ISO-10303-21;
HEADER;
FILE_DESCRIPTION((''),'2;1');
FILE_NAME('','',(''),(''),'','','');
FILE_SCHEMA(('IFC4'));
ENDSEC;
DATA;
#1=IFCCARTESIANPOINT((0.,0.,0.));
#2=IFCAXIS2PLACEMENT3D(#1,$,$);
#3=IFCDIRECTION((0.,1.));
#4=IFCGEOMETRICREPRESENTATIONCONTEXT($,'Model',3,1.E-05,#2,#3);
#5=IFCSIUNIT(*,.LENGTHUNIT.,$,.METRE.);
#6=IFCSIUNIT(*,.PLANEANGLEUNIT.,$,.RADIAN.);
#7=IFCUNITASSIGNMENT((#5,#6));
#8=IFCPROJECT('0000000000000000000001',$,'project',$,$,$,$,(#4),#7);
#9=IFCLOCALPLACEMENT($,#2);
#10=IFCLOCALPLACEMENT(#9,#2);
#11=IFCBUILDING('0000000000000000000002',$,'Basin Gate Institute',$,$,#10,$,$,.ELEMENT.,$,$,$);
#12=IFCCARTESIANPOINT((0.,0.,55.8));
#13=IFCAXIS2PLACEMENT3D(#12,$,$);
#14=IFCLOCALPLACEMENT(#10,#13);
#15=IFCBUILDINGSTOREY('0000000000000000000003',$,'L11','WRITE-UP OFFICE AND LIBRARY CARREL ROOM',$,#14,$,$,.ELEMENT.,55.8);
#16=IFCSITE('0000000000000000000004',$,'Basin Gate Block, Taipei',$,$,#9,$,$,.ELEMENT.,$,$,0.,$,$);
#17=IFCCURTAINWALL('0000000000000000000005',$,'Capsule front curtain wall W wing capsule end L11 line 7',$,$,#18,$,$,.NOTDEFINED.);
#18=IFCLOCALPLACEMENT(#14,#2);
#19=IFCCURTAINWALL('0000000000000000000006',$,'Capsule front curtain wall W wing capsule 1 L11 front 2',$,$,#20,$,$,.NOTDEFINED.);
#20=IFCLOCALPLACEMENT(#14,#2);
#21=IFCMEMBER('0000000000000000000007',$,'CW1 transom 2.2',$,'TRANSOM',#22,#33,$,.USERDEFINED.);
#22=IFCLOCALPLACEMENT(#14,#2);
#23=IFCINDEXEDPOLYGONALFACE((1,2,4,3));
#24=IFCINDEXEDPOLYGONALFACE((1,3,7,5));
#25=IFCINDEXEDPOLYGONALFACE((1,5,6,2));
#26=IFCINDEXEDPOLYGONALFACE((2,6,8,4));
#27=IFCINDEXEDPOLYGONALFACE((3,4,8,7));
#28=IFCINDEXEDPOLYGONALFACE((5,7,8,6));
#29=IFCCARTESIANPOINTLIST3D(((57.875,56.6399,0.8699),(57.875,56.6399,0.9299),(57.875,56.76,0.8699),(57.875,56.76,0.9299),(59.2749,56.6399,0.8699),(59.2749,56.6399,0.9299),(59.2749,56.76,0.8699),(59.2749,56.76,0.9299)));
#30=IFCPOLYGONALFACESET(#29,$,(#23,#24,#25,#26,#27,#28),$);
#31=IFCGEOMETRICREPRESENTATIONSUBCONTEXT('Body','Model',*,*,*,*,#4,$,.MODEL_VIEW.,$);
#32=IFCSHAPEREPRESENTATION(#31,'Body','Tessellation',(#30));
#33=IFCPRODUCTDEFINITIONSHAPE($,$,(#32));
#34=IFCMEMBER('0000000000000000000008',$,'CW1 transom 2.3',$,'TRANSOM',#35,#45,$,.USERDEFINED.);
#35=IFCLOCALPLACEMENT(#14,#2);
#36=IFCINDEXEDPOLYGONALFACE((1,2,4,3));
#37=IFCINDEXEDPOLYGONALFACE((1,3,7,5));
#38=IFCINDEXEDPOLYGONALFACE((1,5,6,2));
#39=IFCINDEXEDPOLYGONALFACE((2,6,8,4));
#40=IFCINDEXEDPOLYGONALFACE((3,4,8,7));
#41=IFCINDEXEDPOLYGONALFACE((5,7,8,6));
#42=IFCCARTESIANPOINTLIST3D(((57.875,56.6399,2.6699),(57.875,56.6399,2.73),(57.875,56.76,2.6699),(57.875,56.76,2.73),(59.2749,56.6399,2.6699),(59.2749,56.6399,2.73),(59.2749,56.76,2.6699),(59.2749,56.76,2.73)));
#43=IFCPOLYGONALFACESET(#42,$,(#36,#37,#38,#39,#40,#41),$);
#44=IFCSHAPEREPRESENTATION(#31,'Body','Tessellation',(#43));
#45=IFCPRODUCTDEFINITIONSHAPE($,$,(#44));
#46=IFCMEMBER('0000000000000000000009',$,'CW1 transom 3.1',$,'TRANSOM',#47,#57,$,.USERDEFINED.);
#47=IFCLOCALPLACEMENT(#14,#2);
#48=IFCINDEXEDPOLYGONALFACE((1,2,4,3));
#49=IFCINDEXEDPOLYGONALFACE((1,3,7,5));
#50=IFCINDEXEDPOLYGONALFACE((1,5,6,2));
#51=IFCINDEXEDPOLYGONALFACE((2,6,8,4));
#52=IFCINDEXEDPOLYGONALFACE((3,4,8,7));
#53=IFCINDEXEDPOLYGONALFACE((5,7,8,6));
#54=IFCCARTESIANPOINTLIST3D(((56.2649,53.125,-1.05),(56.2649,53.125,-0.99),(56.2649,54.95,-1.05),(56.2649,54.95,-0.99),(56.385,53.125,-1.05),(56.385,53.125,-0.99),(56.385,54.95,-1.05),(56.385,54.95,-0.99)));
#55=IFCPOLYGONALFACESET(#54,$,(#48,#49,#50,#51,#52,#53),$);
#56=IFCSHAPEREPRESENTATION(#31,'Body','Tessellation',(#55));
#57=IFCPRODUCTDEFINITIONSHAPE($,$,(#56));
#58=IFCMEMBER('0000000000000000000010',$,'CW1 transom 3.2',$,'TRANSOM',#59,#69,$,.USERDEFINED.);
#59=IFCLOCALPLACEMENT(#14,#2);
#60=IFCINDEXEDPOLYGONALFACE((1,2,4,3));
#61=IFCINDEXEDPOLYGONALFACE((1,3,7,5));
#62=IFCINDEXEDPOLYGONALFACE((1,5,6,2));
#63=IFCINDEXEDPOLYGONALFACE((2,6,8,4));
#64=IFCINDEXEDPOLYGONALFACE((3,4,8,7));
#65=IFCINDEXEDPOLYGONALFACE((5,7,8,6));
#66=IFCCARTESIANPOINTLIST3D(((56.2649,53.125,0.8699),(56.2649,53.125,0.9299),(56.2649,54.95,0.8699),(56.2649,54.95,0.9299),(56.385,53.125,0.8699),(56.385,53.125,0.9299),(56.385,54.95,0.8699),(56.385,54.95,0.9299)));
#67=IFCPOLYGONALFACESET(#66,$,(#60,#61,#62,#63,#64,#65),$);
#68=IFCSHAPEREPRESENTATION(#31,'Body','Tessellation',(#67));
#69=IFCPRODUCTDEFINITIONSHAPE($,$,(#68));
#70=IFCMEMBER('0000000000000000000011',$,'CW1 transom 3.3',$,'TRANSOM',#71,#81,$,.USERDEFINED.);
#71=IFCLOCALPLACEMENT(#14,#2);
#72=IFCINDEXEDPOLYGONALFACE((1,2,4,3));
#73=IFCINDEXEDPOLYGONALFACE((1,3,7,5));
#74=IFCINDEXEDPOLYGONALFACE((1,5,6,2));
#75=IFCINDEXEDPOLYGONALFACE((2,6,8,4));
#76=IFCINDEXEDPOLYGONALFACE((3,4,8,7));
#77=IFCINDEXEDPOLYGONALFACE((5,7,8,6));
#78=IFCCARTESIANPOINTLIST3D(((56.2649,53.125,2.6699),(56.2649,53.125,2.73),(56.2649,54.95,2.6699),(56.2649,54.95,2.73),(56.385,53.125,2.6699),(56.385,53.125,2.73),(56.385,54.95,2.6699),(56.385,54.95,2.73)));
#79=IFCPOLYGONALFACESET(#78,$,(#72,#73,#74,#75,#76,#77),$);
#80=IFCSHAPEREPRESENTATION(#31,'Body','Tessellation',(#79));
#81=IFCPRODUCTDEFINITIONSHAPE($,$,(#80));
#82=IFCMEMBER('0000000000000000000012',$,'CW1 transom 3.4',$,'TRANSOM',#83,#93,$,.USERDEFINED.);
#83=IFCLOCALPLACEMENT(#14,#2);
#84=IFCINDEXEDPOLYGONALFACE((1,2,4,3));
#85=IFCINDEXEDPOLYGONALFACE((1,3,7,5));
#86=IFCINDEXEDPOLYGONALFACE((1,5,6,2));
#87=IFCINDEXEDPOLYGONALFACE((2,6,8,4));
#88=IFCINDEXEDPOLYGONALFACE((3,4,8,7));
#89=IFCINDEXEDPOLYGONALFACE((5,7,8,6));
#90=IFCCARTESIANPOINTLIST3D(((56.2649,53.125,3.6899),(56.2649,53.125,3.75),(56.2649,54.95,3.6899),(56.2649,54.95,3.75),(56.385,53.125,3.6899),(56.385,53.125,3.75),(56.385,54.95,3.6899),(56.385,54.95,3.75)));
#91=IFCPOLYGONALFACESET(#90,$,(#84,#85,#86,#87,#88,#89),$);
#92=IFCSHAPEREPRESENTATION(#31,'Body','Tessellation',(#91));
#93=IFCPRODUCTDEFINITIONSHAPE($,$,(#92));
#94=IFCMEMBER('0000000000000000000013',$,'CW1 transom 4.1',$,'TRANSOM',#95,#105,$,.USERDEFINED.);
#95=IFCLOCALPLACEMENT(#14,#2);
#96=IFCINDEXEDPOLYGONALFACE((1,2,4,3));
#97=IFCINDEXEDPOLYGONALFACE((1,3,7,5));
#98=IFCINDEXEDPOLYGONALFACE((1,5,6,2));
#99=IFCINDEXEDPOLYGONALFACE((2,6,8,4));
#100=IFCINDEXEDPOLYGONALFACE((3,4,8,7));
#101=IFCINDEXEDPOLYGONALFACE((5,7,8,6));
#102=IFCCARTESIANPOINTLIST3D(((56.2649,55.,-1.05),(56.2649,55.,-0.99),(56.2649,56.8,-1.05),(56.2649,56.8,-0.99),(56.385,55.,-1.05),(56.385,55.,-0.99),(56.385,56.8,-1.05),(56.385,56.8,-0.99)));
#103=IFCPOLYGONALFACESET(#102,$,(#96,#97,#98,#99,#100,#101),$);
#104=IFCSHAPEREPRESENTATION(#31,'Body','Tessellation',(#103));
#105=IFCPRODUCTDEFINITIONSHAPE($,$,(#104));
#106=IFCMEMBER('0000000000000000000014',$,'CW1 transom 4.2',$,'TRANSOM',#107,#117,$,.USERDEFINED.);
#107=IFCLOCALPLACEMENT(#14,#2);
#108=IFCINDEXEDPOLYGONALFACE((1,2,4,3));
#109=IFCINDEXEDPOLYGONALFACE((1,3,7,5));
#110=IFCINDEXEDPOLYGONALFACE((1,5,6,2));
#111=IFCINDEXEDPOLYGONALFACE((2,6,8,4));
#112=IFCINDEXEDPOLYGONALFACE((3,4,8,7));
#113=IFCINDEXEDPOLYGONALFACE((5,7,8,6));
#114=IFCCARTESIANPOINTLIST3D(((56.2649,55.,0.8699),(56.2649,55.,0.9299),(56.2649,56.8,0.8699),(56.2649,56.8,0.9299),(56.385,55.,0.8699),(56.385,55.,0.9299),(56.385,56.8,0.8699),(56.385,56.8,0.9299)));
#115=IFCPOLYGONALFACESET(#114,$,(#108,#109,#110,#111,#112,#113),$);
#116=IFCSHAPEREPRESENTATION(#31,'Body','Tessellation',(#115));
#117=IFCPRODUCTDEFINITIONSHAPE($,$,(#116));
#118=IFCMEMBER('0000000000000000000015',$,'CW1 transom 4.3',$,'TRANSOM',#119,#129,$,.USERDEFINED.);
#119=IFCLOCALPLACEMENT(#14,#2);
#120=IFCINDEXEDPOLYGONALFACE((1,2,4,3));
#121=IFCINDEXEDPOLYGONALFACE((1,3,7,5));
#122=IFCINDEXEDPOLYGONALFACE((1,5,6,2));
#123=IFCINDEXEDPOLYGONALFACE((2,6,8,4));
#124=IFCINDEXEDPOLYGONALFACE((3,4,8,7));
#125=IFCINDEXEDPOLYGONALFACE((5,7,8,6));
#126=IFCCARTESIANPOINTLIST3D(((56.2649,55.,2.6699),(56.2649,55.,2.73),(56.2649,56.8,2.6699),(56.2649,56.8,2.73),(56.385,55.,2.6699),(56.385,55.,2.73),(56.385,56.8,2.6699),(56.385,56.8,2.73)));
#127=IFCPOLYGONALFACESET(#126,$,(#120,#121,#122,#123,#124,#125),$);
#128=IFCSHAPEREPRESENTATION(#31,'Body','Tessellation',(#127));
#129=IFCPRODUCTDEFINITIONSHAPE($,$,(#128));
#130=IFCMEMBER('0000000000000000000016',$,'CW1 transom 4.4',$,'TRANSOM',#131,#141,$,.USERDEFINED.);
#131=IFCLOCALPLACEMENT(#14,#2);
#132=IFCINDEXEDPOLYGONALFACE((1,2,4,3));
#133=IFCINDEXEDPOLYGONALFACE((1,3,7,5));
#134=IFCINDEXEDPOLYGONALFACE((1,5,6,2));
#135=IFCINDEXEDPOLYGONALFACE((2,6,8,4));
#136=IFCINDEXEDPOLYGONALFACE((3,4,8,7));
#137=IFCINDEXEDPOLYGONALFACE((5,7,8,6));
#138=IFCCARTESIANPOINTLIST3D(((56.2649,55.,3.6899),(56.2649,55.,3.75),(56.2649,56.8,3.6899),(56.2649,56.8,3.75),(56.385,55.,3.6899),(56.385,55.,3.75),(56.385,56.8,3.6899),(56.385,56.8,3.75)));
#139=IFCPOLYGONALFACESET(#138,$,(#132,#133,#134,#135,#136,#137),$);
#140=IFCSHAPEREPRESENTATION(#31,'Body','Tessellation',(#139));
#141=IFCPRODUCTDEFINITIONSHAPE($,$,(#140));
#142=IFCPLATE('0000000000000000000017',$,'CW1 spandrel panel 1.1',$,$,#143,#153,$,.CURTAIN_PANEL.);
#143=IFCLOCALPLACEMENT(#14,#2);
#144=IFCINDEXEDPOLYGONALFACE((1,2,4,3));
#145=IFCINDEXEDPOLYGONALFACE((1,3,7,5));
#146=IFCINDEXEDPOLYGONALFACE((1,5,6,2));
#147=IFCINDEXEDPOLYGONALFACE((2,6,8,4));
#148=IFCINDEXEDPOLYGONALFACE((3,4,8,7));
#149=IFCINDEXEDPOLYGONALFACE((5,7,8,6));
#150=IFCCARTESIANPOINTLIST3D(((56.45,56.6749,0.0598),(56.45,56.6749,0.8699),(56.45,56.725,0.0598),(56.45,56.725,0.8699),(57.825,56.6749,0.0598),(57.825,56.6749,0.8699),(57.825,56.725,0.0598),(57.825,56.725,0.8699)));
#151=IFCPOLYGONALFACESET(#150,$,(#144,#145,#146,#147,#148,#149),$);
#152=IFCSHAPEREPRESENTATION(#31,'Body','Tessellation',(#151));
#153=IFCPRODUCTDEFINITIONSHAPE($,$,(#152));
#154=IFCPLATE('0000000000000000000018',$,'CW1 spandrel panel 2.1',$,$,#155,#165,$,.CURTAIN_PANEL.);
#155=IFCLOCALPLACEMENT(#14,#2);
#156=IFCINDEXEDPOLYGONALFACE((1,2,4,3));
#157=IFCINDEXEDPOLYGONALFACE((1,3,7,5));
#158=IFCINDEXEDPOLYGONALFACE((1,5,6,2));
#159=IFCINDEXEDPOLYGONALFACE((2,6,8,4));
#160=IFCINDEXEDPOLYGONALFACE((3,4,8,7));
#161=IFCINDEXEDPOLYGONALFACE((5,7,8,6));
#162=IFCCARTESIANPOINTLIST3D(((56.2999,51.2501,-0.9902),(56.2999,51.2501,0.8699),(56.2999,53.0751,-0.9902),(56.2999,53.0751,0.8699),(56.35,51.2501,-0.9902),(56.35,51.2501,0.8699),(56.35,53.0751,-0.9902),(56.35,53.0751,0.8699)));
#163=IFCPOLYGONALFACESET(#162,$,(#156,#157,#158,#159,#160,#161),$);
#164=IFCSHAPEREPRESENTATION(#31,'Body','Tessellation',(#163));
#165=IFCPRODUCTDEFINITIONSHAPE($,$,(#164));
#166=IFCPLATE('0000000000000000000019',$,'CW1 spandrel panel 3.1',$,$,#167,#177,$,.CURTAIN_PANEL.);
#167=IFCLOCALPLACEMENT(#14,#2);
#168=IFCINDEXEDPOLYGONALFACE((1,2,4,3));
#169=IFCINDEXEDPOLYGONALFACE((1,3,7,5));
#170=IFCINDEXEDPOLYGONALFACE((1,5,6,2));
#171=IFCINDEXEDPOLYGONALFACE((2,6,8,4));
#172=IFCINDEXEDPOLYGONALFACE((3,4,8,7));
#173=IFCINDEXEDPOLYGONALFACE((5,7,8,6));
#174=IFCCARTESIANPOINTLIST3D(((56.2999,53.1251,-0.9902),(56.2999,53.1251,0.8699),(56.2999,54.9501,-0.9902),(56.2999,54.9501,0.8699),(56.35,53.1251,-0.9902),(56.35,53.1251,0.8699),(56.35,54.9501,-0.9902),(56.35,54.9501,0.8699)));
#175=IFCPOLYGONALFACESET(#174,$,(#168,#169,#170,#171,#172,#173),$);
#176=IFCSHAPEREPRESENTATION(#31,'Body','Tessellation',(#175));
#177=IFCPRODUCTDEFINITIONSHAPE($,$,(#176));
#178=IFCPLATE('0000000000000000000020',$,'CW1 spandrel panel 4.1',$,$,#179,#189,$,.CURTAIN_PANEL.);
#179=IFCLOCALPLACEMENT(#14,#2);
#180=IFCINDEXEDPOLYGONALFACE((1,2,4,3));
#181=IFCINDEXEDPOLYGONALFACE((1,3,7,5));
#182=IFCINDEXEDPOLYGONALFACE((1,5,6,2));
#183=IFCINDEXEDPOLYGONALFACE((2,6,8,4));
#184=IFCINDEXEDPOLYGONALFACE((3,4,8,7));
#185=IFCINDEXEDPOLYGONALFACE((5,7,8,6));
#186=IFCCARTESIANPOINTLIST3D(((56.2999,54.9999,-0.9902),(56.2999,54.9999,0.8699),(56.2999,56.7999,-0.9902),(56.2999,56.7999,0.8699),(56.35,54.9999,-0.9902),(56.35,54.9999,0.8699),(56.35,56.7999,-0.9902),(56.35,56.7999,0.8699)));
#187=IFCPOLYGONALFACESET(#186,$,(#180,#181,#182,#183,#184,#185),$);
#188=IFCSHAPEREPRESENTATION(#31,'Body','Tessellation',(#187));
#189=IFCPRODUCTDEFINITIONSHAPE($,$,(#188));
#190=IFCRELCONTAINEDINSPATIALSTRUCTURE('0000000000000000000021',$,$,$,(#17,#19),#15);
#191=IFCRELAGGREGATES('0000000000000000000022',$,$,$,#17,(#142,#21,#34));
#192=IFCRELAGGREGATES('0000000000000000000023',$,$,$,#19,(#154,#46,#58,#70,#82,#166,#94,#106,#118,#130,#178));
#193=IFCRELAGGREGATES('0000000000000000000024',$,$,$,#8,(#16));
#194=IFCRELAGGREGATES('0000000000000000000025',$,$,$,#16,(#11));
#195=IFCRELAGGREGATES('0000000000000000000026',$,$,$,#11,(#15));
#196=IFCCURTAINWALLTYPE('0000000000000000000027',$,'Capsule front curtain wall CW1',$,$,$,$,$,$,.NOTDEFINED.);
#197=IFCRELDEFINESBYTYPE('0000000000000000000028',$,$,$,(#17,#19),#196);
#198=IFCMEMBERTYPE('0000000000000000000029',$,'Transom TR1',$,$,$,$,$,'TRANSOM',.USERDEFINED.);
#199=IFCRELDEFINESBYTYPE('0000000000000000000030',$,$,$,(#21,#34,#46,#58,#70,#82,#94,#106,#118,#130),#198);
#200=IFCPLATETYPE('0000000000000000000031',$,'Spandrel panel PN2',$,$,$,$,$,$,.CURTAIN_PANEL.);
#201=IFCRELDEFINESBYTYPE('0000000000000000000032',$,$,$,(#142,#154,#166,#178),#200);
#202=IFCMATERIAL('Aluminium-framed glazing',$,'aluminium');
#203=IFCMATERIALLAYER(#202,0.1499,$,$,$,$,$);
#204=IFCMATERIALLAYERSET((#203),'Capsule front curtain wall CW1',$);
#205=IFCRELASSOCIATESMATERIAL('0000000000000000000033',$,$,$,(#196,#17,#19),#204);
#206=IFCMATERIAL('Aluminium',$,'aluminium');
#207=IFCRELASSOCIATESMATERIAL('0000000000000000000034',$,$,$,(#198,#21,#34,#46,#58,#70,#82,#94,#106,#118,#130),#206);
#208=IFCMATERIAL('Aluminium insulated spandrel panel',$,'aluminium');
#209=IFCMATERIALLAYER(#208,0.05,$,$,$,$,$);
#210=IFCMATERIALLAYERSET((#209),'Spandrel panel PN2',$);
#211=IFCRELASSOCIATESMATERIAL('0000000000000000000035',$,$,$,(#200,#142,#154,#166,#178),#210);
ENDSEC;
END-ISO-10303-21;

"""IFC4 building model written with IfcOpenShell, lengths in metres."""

from ifc_helpers import new_model, si_unit, direction, frame, origin, origin_2d, place, context, subcontext, project, spatial, rectangle, extrude, material, layer, layer_set, material_profile, profile_set, type_object, element, aggregate, save


model = new_model("IFC4")

# Units and contexts
model_context = context("Model", 3, precision=1e-05, world=origin(), true_north=direction((0.0, 1.0)))
body_context = subcontext(model_context, "Body", "Model", "MODEL_VIEW")
ifc_project = project(units=[si_unit("LENGTHUNIT", "METRE"), si_unit("PLANEANGLEUNIT", "RADIAN")], contexts=[model_context])

# Site, building, storey
site_placement = place(None, origin())
site = spatial("IfcSite", under=ifc_project, at=site_placement, Name="Basin Gate Block, Taipei", CompositionType="ELEMENT", RefElevation=0.0)
building_placement = place(site_placement, origin())
building = spatial("IfcBuilding", under=site, at=building_placement, Name="Basin Gate Institute", CompositionType="ELEMENT")
storey_placement = place(building_placement, frame((0.0, 0.0, 55.8)))
storey = spatial("IfcBuildingStorey", under=building, at=storey_placement, Name="L11", Description="WRITE-UP OFFICE AND LIBRARY CARREL ROOM", CompositionType="ELEMENT", Elevation=55.8)

# Curtain walls
ifc_material_1 = material(Name="Aluminium-framed glazing", Category="aluminium")
ifc_layer_1 = layer(ifc_material_1, 0.1499)
ifc_layer_set_1 = layer_set([ifc_layer_1], Name="Capsule front curtain wall CW1")
curtain_wall_type = type_object("IfcCurtainWallType", Name="Capsule front curtain wall CW1", PredefinedType="NOTDEFINED", material=ifc_layer_set_1)
curtain_wall_1_placement = place(storey_placement, origin())
curtain_wall_1 = element("IfcCurtainWall", 1, at=curtain_wall_1_placement, inside=storey, type_object=curtain_wall_type, material=ifc_layer_set_1, Name="Capsule front curtain wall W wing capsule end L11 line 7", PredefinedType="NOTDEFINED")
curtain_wall_2_placement = place(storey_placement, origin())
curtain_wall_2 = element("IfcCurtainWall", 2, at=curtain_wall_2_placement, inside=storey, type_object=curtain_wall_type, material=ifc_layer_set_1, Name="Capsule front curtain wall W wing capsule 1 L11 front 2", PredefinedType="NOTDEFINED")

# Members
ifc_material_2 = material(Name="Aluminium", Category="aluminium")
ifc_material_profile_1 = material_profile(ifc_material_2, rectangle(XDim=0.1201, YDim=0.0601, at=origin_2d()), Name="Transom TR1 120 x 60")
ifc_profile_set_1 = profile_set([ifc_material_profile_1], Name="Aluminium")
member_type_1 = type_object("IfcMemberType", Name="Transom TR1", ElementType="TRANSOM", PredefinedType="USERDEFINED", material=ifc_profile_set_1)
member_1_placement = place(storey_placement, frame((57.875, 56.7, 0.8999), z_axis=(1.0, 0.0, 0.0), x_axis=(0.0, 1.0, 0.0)))
member_1 = element("IfcMember", 3, at=member_1_placement, type_object=member_type_1, material=ifc_profile_set_1, Name="CW1 transom 2.2", ObjectType="TRANSOM", PredefinedType="USERDEFINED", context=body_context, shape_type="SweptSolid", body=[
    extrude(rectangle(XDim=0.1201, YDim=0.0601, at=origin_2d()), origin(), (0.0, 0.0, 1.0), 1.3999),
])
member_2_placement = place(storey_placement, frame((57.875, 56.7, 2.7), z_axis=(1.0, 0.0, 0.0), x_axis=(0.0, 1.0, 0.0)))
member_2 = element("IfcMember", 4, at=member_2_placement, type_object=member_type_1, material=ifc_profile_set_1, Name="CW1 transom 2.3", ObjectType="TRANSOM", PredefinedType="USERDEFINED", context=body_context, shape_type="SweptSolid", body=[
    extrude(rectangle(XDim=0.1201, YDim=0.0601, at=origin_2d()), origin(), (0.0, 0.0, 1.0), 1.3999),
])
member_3_placement = place(storey_placement, frame((56.325, 53.125, -1.02), z_axis=(0.0, 1.0, 0.0), x_axis=(-1.0, 0.0, 0.0)))
member_3 = element("IfcMember", 5, at=member_3_placement, type_object=member_type_1, material=ifc_profile_set_1, Name="CW1 transom 3.1", ObjectType="TRANSOM", PredefinedType="USERDEFINED", context=body_context, shape_type="SweptSolid", body=[
    extrude(rectangle(XDim=0.1201, YDim=0.0601, at=origin_2d()), origin(), (0.0, 0.0, 1.0), 1.825),
])
member_4_placement = place(storey_placement, frame((56.325, 53.125, 0.8999), z_axis=(0.0, 1.0, 0.0), x_axis=(-1.0, 0.0, 0.0)))
member_4 = element("IfcMember", 6, at=member_4_placement, type_object=member_type_1, material=ifc_profile_set_1, Name="CW1 transom 3.2", ObjectType="TRANSOM", PredefinedType="USERDEFINED", context=body_context, shape_type="SweptSolid", body=[
    extrude(rectangle(XDim=0.1201, YDim=0.0601, at=origin_2d()), origin(), (0.0, 0.0, 1.0), 1.825),
])
member_5_placement = place(storey_placement, frame((56.325, 53.125, 2.7), z_axis=(0.0, 1.0, 0.0), x_axis=(-1.0, 0.0, 0.0)))
member_5 = element("IfcMember", 7, at=member_5_placement, type_object=member_type_1, material=ifc_profile_set_1, Name="CW1 transom 3.3", ObjectType="TRANSOM", PredefinedType="USERDEFINED", context=body_context, shape_type="SweptSolid", body=[
    extrude(rectangle(XDim=0.1201, YDim=0.0601, at=origin_2d()), origin(), (0.0, 0.0, 1.0), 1.825),
])
member_6_placement = place(storey_placement, frame((56.325, 53.125, 3.72), z_axis=(0.0, 1.0, 0.0), x_axis=(-1.0, 0.0, 0.0)))
member_6 = element("IfcMember", 8, at=member_6_placement, type_object=member_type_1, material=ifc_profile_set_1, Name="CW1 transom 3.4", ObjectType="TRANSOM", PredefinedType="USERDEFINED", context=body_context, shape_type="SweptSolid", body=[
    extrude(rectangle(XDim=0.1201, YDim=0.0601, at=origin_2d()), origin(), (0.0, 0.0, 1.0), 1.825),
])
member_7_placement = place(storey_placement, frame((56.325, 55.0, -1.02), z_axis=(0.0, 1.0, 0.0), x_axis=(-1.0, 0.0, 0.0)))
member_7 = element("IfcMember", 9, at=member_7_placement, type_object=member_type_1, material=ifc_profile_set_1, Name="CW1 transom 4.1", ObjectType="TRANSOM", PredefinedType="USERDEFINED", context=body_context, shape_type="SweptSolid", body=[
    extrude(rectangle(XDim=0.1201, YDim=0.0601, at=origin_2d()), origin(), (0.0, 0.0, 1.0), 1.8),
])
member_8_placement = place(storey_placement, frame((56.325, 55.0, 0.8999), z_axis=(0.0, 1.0, 0.0), x_axis=(-1.0, 0.0, 0.0)))
member_8 = element("IfcMember", 10, at=member_8_placement, type_object=member_type_1, material=ifc_profile_set_1, Name="CW1 transom 4.2", ObjectType="TRANSOM", PredefinedType="USERDEFINED", context=body_context, shape_type="SweptSolid", body=[
    extrude(rectangle(XDim=0.1201, YDim=0.0601, at=origin_2d()), origin(), (0.0, 0.0, 1.0), 1.8),
])
member_9_placement = place(storey_placement, frame((56.325, 55.0, 2.7), z_axis=(0.0, 1.0, 0.0), x_axis=(-1.0, 0.0, 0.0)))
member_9 = element("IfcMember", 11, at=member_9_placement, type_object=member_type_1, material=ifc_profile_set_1, Name="CW1 transom 4.3", ObjectType="TRANSOM", PredefinedType="USERDEFINED", context=body_context, shape_type="SweptSolid", body=[
    extrude(rectangle(XDim=0.1201, YDim=0.0601, at=origin_2d()), origin(), (0.0, 0.0, 1.0), 1.8),
])
member_10_placement = place(storey_placement, frame((56.325, 55.0, 3.72), z_axis=(0.0, 1.0, 0.0), x_axis=(-1.0, 0.0, 0.0)))
member_10 = element("IfcMember", 12, at=member_10_placement, type_object=member_type_1, material=ifc_profile_set_1, Name="CW1 transom 4.4", ObjectType="TRANSOM", PredefinedType="USERDEFINED", context=body_context, shape_type="SweptSolid", body=[
    extrude(rectangle(XDim=0.1201, YDim=0.0601, at=origin_2d()), origin(), (0.0, 0.0, 1.0), 1.8),
])

# Plates
ifc_material_3 = material(Name="Aluminium insulated spandrel panel", Category="aluminium")
ifc_layer_2 = layer(ifc_material_3, 0.05)
ifc_layer_set_2 = layer_set([ifc_layer_2], Name="Spandrel panel PN2")
plate_type_1 = type_object("IfcPlateType", Name="Spandrel panel PN2", PredefinedType="CURTAIN_PANEL", material=ifc_layer_set_2)
plate_1_placement = place(storey_placement, frame((57.1375, 56.7, 0.0598), z_axis=(0.0, 0.0, 1.0), x_axis=(1.0, 0.0, 0.0)))
plate_1 = element("IfcPlate", 13, at=plate_1_placement, type_object=plate_type_1, material=ifc_layer_set_2, Name="CW1 spandrel panel 1.1", PredefinedType="CURTAIN_PANEL", context=body_context, shape_type="SweptSolid", body=[
    extrude(rectangle(XDim=1.375, YDim=0.05, at=origin_2d()), origin(), (0.0, 0.0, 1.0), 0.8101),
])
plate_2_placement = place(storey_placement, frame((56.325, 52.1626, -0.9902), z_axis=(0.0, 0.0, 1.0), x_axis=(0.0, 1.0, 0.0)))
plate_2 = element("IfcPlate", 14, at=plate_2_placement, type_object=plate_type_1, material=ifc_layer_set_2, Name="CW1 spandrel panel 2.1", PredefinedType="CURTAIN_PANEL", context=body_context, shape_type="SweptSolid", body=[
    extrude(rectangle(XDim=1.825, YDim=0.05, at=origin_2d()), origin(), (0.0, 0.0, 1.0), 1.8601),
])
plate_3_placement = place(storey_placement, frame((56.325, 54.0376, -0.9902), z_axis=(0.0, 0.0, 1.0), x_axis=(0.0, 1.0, 0.0)))
plate_3 = element("IfcPlate", 15, at=plate_3_placement, type_object=plate_type_1, material=ifc_layer_set_2, Name="CW1 spandrel panel 3.1", PredefinedType="CURTAIN_PANEL", context=body_context, shape_type="SweptSolid", body=[
    extrude(rectangle(XDim=1.825, YDim=0.05, at=origin_2d()), origin(), (0.0, 0.0, 1.0), 1.8601),
])
plate_4_placement = place(storey_placement, frame((56.325, 55.8999, -0.9902), z_axis=(0.0, 0.0, 1.0), x_axis=(0.0, 1.0, 0.0)))
plate_4 = element("IfcPlate", 16, at=plate_4_placement, type_object=plate_type_1, material=ifc_layer_set_2, Name="CW1 spandrel panel 4.1", PredefinedType="CURTAIN_PANEL", context=body_context, shape_type="SweptSolid", body=[
    extrude(rectangle(XDim=1.8, YDim=0.05, at=origin_2d()), origin(), (0.0, 0.0, 1.0), 1.8601),
])
aggregate(curtain_wall_1, [plate_1, member_1, member_2])
aggregate(curtain_wall_2, [plate_2, member_3, member_4, member_5, member_6, plate_3, member_7, member_8, member_9, member_10, plate_4])

save(model, "model.ifc")
